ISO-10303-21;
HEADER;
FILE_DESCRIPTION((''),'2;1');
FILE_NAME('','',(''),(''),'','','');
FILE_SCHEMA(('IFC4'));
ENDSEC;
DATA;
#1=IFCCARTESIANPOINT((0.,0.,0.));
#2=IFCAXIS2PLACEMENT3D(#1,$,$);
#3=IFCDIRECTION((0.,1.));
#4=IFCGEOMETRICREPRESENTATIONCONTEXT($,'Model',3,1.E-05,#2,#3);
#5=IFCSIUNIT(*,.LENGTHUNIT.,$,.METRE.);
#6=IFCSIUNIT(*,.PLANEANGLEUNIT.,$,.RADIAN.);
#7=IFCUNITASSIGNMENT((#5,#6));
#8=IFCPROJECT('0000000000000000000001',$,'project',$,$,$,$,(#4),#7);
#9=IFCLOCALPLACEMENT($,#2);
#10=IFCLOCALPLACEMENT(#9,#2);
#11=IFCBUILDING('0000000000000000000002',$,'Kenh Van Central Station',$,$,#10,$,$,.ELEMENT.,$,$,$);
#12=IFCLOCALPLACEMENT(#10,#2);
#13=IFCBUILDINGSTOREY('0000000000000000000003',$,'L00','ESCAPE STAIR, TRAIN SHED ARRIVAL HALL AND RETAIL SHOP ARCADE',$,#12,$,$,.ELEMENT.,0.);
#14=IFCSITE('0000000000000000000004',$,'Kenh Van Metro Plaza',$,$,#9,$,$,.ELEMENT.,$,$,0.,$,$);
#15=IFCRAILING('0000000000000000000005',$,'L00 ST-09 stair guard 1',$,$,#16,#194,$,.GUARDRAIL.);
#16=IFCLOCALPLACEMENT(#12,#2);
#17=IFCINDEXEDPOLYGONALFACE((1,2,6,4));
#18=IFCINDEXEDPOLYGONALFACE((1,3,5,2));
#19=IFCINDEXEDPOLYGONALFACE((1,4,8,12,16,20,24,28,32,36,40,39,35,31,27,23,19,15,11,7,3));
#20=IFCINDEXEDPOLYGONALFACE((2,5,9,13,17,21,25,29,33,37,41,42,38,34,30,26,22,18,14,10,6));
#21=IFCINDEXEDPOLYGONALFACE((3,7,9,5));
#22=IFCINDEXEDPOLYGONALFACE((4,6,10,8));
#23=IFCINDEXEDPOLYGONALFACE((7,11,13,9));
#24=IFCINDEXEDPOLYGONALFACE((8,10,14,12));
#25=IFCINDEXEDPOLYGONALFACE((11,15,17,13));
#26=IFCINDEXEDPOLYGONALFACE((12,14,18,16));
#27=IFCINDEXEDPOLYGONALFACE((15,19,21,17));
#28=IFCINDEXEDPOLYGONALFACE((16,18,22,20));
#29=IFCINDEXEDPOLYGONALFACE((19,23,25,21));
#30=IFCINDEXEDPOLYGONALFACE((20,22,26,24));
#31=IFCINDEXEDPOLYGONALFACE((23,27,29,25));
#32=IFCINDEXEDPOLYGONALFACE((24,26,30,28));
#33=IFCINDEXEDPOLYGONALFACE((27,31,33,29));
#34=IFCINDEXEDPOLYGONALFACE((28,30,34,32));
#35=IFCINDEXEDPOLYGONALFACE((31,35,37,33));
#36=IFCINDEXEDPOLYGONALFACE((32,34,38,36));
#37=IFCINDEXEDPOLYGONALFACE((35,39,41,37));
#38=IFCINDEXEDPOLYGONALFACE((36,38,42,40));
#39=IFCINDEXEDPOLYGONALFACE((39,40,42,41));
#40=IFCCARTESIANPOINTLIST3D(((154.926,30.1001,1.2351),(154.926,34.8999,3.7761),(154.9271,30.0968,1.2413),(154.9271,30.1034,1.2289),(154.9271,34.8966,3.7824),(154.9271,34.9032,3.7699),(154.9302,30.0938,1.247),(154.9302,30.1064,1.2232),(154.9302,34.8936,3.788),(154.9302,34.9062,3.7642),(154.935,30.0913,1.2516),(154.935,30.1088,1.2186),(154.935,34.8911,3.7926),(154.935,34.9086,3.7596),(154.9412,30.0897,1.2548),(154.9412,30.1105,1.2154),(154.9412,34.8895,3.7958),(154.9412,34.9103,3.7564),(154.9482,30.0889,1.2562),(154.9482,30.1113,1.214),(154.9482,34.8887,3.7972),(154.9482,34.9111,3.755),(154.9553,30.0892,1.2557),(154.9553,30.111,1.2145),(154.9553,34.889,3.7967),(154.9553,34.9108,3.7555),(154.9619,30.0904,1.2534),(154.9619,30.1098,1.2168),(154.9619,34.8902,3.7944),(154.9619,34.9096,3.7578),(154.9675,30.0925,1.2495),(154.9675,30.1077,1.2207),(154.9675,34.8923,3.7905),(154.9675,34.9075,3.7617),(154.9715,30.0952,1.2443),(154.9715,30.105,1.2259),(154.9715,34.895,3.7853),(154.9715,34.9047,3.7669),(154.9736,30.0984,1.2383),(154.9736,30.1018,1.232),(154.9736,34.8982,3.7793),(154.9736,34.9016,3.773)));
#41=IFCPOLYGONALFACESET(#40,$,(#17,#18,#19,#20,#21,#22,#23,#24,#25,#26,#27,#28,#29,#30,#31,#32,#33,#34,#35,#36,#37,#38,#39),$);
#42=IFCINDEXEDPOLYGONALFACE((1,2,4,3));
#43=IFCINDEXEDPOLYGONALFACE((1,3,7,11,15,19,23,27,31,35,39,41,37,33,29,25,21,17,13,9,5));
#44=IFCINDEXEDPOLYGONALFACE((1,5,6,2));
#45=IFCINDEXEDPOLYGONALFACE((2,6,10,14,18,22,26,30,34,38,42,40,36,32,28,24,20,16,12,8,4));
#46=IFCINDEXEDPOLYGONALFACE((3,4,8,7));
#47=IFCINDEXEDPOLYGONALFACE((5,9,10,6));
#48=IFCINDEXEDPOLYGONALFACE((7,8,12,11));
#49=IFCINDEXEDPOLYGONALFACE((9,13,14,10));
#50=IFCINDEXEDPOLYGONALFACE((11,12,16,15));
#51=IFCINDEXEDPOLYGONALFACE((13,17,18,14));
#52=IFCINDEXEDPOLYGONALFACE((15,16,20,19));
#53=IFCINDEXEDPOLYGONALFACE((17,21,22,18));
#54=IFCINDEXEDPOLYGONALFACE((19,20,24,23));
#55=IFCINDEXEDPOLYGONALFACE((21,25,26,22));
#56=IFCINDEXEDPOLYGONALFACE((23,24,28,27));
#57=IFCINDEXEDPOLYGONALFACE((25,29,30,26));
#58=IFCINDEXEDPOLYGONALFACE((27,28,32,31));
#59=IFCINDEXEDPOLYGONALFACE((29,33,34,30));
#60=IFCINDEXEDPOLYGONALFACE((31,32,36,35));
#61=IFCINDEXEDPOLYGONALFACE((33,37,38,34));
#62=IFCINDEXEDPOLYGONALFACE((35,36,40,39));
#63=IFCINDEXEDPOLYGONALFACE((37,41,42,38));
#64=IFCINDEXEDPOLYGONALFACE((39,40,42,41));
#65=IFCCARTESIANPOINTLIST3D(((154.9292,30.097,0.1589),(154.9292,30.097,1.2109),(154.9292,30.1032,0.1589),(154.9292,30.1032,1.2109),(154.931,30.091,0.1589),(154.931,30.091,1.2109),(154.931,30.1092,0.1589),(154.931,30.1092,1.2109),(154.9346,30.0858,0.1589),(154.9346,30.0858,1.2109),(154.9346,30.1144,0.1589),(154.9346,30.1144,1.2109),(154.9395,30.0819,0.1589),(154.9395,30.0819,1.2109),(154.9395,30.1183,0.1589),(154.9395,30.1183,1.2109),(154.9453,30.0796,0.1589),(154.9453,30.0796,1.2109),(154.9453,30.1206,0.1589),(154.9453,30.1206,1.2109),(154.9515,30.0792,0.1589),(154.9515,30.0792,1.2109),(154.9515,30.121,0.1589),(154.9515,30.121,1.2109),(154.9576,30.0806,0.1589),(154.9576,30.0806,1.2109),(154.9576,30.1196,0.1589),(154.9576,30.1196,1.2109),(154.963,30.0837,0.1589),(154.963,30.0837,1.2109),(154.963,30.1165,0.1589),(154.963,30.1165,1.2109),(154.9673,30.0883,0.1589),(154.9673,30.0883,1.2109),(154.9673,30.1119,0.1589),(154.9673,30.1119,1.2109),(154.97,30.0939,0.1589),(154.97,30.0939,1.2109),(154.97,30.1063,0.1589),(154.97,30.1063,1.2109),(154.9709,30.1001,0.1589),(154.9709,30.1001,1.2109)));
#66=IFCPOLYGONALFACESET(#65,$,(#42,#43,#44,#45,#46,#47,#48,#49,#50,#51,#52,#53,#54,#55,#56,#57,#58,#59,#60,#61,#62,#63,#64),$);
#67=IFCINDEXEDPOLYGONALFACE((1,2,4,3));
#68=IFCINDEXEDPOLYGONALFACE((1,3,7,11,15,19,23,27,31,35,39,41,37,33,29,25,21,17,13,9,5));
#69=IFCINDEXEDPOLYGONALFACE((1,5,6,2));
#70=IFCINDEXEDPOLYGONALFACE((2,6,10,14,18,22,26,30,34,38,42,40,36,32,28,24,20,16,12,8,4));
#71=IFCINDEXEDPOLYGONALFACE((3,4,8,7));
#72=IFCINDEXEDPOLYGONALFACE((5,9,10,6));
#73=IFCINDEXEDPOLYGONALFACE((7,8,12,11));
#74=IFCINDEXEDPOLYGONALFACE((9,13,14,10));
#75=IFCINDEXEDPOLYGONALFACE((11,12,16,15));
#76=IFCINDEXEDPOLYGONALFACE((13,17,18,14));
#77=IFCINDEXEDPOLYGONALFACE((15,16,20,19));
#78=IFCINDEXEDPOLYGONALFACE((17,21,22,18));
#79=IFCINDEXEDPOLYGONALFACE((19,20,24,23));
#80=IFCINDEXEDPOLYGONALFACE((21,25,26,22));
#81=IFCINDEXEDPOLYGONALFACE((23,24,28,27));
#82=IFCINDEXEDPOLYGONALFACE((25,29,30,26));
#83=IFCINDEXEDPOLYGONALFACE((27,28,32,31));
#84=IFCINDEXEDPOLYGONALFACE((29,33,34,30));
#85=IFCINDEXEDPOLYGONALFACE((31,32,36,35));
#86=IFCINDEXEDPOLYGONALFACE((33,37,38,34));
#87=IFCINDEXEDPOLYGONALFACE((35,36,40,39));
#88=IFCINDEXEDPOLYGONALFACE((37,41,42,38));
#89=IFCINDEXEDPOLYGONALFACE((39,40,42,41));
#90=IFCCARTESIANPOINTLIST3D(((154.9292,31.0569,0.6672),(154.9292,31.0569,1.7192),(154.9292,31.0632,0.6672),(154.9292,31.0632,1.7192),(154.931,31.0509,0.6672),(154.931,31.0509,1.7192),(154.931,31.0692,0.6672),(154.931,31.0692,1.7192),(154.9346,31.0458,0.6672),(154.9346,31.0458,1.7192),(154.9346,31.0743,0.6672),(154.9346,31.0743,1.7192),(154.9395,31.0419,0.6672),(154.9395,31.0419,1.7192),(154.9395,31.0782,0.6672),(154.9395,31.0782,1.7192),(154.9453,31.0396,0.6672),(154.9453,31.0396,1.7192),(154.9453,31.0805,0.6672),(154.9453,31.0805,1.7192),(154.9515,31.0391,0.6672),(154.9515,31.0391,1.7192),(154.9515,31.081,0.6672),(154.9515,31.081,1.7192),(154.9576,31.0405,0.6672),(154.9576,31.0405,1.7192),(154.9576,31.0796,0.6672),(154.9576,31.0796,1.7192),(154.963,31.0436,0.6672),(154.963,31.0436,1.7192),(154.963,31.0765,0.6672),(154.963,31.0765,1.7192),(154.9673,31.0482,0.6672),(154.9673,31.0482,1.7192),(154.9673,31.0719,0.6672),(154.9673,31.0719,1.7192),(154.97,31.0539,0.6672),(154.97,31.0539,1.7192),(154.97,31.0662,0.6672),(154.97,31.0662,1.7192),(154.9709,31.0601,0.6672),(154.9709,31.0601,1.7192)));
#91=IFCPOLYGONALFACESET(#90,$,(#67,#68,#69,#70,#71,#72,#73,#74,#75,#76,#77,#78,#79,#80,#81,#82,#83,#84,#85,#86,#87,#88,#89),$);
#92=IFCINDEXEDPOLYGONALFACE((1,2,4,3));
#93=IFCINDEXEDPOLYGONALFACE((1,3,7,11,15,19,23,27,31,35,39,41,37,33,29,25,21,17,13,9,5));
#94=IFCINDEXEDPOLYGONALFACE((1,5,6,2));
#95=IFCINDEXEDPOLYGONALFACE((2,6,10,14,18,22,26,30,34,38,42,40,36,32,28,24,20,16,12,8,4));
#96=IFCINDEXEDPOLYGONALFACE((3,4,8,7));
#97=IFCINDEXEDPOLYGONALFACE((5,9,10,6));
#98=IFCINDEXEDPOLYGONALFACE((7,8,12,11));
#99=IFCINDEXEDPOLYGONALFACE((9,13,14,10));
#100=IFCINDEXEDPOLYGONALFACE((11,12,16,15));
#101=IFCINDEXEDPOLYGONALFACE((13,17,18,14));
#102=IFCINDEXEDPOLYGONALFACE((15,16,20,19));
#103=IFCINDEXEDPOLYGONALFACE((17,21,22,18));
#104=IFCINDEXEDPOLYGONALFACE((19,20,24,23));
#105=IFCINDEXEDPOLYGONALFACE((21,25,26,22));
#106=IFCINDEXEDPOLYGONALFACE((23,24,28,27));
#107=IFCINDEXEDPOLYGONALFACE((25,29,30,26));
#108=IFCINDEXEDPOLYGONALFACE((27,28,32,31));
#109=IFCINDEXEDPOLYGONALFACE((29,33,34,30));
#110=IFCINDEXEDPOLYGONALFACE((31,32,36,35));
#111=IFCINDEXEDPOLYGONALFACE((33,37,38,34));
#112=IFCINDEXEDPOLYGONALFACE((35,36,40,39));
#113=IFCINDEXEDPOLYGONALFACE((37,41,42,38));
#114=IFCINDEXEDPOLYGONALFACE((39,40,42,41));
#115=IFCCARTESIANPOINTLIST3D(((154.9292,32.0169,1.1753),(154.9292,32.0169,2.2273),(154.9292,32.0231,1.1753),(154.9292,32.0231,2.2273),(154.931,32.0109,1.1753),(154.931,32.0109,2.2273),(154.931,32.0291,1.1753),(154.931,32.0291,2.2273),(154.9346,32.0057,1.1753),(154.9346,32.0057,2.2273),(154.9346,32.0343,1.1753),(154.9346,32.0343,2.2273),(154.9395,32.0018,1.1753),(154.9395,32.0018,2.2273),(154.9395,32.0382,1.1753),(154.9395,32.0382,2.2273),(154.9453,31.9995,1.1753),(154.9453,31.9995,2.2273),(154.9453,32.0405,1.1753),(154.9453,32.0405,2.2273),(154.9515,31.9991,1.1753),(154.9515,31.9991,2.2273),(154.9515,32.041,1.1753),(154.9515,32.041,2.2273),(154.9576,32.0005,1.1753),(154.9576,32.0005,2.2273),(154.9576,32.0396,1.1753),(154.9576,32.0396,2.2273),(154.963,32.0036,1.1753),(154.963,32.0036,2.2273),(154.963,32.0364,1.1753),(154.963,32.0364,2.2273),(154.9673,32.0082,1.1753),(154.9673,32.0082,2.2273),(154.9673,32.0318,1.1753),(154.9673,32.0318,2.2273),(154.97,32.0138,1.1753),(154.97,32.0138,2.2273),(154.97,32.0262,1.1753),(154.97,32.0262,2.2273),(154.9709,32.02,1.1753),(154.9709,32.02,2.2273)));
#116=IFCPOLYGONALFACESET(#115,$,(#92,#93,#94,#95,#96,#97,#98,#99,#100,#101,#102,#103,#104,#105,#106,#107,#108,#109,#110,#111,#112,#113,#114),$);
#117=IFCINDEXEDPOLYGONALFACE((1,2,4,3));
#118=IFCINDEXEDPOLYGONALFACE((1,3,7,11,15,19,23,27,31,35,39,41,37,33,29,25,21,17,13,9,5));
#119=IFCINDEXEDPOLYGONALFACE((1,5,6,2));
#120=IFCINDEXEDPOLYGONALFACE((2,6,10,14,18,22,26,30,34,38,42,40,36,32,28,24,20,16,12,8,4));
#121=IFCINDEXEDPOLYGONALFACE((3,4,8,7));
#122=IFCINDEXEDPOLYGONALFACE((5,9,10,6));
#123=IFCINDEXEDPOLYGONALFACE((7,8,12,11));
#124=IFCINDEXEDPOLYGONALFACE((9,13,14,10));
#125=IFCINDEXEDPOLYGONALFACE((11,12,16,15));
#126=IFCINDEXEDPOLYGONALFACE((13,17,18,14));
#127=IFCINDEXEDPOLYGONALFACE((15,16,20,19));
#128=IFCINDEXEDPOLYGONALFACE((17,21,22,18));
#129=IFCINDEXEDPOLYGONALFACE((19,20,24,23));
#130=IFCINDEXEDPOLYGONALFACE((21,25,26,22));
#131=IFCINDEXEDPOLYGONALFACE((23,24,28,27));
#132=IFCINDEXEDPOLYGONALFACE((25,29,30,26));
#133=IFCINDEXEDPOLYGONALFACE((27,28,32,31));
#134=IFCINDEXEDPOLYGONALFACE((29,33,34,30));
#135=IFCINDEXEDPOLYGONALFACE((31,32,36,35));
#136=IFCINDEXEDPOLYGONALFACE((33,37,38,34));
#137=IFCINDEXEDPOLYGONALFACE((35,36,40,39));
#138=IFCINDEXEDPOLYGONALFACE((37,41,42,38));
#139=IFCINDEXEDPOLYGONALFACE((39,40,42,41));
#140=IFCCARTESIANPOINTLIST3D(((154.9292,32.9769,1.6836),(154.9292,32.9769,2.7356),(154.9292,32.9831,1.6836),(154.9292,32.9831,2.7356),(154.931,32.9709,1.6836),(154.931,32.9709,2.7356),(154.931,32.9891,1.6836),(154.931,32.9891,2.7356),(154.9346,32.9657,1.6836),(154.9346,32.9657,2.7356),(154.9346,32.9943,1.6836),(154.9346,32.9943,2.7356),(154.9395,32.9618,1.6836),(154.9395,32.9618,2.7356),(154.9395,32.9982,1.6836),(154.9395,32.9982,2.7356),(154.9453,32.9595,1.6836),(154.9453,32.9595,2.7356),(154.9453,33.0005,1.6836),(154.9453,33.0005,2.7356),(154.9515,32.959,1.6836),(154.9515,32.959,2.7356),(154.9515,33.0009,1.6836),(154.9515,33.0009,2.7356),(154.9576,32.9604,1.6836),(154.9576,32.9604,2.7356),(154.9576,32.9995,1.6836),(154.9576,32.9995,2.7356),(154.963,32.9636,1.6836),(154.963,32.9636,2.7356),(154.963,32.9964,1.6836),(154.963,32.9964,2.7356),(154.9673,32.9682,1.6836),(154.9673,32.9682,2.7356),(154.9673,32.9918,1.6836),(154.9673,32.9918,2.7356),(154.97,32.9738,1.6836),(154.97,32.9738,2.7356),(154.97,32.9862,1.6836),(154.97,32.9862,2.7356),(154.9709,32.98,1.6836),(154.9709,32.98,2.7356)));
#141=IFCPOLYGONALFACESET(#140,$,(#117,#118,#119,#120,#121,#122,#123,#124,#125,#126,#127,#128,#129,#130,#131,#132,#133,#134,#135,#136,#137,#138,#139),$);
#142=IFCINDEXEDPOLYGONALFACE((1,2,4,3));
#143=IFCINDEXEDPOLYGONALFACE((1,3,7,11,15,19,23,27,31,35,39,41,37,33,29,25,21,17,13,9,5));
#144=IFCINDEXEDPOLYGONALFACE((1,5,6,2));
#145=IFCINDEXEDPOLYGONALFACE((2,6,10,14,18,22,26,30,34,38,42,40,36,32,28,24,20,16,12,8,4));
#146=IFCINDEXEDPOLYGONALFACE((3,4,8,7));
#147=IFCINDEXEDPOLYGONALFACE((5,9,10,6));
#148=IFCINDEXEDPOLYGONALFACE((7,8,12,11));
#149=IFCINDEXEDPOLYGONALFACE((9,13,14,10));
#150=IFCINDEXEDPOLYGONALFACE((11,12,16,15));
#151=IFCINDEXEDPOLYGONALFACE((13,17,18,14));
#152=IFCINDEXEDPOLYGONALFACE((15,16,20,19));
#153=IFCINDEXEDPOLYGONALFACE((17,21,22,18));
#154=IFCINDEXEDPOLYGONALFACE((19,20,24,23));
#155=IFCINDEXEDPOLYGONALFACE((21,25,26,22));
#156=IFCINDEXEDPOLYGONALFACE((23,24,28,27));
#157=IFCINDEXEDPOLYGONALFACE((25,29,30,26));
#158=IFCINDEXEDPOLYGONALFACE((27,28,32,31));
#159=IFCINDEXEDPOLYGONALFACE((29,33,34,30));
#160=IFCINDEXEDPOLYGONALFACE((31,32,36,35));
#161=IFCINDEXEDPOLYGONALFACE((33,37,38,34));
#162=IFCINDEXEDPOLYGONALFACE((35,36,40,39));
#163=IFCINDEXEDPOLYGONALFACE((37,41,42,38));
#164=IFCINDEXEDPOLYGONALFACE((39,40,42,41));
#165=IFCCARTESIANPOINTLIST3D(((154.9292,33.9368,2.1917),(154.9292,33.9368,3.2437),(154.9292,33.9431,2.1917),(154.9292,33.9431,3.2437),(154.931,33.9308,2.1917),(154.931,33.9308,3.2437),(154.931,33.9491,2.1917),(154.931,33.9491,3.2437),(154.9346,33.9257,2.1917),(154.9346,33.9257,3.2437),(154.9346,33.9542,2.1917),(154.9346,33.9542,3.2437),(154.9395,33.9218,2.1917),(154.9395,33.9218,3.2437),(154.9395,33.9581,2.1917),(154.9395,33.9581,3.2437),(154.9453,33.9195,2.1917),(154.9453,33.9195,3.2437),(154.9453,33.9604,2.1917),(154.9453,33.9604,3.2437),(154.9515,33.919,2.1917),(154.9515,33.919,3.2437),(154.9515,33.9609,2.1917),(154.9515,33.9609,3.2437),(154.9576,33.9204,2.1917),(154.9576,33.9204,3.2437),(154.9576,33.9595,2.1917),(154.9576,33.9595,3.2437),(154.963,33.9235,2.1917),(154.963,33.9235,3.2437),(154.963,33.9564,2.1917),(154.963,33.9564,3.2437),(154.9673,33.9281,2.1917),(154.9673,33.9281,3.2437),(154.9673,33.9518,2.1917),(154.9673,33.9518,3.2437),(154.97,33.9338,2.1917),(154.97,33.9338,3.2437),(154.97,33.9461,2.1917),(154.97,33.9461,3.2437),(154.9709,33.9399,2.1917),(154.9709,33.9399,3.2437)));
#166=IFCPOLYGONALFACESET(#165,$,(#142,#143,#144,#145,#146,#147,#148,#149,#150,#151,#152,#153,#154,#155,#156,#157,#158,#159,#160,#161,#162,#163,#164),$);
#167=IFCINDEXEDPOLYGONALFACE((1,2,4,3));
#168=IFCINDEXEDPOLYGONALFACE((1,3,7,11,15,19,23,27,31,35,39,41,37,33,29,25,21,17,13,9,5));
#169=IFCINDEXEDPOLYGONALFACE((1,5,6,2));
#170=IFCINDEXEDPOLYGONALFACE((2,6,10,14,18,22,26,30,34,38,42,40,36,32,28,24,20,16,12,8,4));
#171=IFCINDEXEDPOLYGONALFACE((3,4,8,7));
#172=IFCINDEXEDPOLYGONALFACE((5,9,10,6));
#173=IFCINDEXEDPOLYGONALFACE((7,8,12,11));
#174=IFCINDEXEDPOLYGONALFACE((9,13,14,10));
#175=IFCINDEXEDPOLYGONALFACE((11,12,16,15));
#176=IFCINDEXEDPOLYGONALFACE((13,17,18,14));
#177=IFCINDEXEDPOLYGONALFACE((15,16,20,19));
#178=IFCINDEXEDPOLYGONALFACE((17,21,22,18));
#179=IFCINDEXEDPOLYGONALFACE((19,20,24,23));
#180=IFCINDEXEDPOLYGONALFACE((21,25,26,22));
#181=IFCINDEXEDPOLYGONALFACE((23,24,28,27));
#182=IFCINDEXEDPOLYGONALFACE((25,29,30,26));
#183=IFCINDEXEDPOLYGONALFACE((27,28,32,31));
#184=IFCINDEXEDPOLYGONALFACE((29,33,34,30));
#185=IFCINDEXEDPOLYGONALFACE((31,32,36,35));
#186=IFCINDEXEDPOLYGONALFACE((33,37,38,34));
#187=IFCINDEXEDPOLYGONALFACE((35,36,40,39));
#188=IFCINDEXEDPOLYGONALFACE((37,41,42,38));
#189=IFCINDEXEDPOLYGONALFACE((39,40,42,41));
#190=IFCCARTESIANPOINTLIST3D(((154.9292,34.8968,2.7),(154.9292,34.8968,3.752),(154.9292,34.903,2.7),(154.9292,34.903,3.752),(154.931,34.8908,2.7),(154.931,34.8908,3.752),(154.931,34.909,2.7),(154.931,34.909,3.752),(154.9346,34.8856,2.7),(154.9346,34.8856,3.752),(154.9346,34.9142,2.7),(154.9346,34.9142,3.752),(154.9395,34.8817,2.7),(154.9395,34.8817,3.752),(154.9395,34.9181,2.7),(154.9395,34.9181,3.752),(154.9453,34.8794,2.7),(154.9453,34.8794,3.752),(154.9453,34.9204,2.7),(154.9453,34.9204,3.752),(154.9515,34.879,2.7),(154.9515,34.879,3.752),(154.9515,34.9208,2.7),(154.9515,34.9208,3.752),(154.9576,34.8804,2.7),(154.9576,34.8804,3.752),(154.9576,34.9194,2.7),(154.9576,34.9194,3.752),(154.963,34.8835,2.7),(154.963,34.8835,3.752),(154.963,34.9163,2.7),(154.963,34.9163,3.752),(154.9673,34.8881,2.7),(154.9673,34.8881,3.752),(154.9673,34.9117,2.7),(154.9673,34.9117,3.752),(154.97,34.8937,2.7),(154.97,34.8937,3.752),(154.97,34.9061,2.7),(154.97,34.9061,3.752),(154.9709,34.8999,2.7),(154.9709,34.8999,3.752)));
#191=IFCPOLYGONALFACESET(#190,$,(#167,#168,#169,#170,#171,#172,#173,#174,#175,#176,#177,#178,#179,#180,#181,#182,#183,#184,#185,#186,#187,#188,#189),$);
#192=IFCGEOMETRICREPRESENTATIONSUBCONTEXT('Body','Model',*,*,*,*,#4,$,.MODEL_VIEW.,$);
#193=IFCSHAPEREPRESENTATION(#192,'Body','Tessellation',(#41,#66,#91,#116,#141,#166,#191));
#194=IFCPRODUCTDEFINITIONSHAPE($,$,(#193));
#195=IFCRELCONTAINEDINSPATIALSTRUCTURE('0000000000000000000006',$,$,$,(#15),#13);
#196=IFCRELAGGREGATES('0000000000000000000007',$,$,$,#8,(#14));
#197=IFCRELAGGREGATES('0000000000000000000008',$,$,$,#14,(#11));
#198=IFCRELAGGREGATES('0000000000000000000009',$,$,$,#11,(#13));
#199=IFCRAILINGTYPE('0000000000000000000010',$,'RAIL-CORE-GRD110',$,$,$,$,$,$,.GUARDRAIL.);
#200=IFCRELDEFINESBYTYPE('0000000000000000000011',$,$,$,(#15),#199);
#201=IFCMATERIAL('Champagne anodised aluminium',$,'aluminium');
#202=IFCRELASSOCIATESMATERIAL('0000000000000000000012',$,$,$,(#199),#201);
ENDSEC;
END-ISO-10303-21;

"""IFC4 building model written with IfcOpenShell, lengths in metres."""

from ifc_helpers import new_model, si_unit, direction, frame, origin, origin_2d, place, context, subcontext, project, spatial, circle, extrude, material, type_object, element, save


model = new_model("IFC4")

# Units and contexts
model_context = context("Model", 3, precision=1e-05, world=origin(), true_north=direction((0.0, 1.0)))
body_context = subcontext(model_context, "Body", "Model", "MODEL_VIEW")
ifc_project = project(units=[si_unit("LENGTHUNIT", "METRE"), si_unit("PLANEANGLEUNIT", "RADIAN")], contexts=[model_context])

# Site, building, storey
site_placement = place(None, origin())
site = spatial("IfcSite", under=ifc_project, at=site_placement, Name="Kenh Van Metro Plaza", CompositionType="ELEMENT", RefElevation=0.0)
building_placement = place(site_placement, origin())
building = spatial("IfcBuilding", under=site, at=building_placement, Name="Kenh Van Central Station", CompositionType="ELEMENT")
storey_placement = place(building_placement, origin())
storey = spatial("IfcBuildingStorey", under=building, at=storey_placement, Name="L00", Description="ESCAPE STAIR, TRAIN SHED ARRIVAL HALL AND RETAIL SHOP ARCADE", CompositionType="ELEMENT", Elevation=0.0)

# Shared definitions
ifc_material_1 = material(Name="Champagne anodised aluminium", Category="aluminium")

# Railing
railing_type = type_object("IfcRailingType", Name="RAIL-CORE-GRD110", PredefinedType="GUARDRAIL", material=ifc_material_1)
railing_1_placement = place(storey_placement, frame((154.95, 30.1001, 0.1589)))
element("IfcRailing", 1, at=railing_1_placement, inside=storey, type_object=railing_type, Name="L00 ST-09 stair guard 1", PredefinedType="GUARDRAIL", context=body_context, shape_type="SweptSolid", body=[
    extrude(circle(Radius=0.0239, at=origin_2d()), frame((0.0, 0.0, 1.0762), z_axis=(0.0, 0.883792, 0.467879), x_axis=(-1.0, 0.0, 0.0)), (0.0, 0.0, 1.0), 5.4309),
    extrude(circle(Radius=0.021, at=origin_2d()), origin(), (0.0, 0.0, 1.0), 1.052),
    extrude(circle(Radius=0.021, at=origin_2d()), frame((0.0, 0.96, 0.5083)), (0.0, 0.0, 1.0), 1.052),
    extrude(circle(Radius=0.021, at=origin_2d()), frame((0.0, 1.9199, 1.0164)), (0.0, 0.0, 1.0), 1.052),
    extrude(circle(Radius=0.021, at=origin_2d()), frame((0.0, 2.8799, 1.5247)), (0.0, 0.0, 1.0), 1.052),
    extrude(circle(Radius=0.021, at=origin_2d()), frame((0.0, 3.8398, 2.0327)), (0.0, 0.0, 1.0), 1.052),
    extrude(circle(Radius=0.021, at=origin_2d()), frame((0.0, 4.7998, 2.541)), (0.0, 0.0, 1.0), 1.052),
])

save(model, "model.ifc")
